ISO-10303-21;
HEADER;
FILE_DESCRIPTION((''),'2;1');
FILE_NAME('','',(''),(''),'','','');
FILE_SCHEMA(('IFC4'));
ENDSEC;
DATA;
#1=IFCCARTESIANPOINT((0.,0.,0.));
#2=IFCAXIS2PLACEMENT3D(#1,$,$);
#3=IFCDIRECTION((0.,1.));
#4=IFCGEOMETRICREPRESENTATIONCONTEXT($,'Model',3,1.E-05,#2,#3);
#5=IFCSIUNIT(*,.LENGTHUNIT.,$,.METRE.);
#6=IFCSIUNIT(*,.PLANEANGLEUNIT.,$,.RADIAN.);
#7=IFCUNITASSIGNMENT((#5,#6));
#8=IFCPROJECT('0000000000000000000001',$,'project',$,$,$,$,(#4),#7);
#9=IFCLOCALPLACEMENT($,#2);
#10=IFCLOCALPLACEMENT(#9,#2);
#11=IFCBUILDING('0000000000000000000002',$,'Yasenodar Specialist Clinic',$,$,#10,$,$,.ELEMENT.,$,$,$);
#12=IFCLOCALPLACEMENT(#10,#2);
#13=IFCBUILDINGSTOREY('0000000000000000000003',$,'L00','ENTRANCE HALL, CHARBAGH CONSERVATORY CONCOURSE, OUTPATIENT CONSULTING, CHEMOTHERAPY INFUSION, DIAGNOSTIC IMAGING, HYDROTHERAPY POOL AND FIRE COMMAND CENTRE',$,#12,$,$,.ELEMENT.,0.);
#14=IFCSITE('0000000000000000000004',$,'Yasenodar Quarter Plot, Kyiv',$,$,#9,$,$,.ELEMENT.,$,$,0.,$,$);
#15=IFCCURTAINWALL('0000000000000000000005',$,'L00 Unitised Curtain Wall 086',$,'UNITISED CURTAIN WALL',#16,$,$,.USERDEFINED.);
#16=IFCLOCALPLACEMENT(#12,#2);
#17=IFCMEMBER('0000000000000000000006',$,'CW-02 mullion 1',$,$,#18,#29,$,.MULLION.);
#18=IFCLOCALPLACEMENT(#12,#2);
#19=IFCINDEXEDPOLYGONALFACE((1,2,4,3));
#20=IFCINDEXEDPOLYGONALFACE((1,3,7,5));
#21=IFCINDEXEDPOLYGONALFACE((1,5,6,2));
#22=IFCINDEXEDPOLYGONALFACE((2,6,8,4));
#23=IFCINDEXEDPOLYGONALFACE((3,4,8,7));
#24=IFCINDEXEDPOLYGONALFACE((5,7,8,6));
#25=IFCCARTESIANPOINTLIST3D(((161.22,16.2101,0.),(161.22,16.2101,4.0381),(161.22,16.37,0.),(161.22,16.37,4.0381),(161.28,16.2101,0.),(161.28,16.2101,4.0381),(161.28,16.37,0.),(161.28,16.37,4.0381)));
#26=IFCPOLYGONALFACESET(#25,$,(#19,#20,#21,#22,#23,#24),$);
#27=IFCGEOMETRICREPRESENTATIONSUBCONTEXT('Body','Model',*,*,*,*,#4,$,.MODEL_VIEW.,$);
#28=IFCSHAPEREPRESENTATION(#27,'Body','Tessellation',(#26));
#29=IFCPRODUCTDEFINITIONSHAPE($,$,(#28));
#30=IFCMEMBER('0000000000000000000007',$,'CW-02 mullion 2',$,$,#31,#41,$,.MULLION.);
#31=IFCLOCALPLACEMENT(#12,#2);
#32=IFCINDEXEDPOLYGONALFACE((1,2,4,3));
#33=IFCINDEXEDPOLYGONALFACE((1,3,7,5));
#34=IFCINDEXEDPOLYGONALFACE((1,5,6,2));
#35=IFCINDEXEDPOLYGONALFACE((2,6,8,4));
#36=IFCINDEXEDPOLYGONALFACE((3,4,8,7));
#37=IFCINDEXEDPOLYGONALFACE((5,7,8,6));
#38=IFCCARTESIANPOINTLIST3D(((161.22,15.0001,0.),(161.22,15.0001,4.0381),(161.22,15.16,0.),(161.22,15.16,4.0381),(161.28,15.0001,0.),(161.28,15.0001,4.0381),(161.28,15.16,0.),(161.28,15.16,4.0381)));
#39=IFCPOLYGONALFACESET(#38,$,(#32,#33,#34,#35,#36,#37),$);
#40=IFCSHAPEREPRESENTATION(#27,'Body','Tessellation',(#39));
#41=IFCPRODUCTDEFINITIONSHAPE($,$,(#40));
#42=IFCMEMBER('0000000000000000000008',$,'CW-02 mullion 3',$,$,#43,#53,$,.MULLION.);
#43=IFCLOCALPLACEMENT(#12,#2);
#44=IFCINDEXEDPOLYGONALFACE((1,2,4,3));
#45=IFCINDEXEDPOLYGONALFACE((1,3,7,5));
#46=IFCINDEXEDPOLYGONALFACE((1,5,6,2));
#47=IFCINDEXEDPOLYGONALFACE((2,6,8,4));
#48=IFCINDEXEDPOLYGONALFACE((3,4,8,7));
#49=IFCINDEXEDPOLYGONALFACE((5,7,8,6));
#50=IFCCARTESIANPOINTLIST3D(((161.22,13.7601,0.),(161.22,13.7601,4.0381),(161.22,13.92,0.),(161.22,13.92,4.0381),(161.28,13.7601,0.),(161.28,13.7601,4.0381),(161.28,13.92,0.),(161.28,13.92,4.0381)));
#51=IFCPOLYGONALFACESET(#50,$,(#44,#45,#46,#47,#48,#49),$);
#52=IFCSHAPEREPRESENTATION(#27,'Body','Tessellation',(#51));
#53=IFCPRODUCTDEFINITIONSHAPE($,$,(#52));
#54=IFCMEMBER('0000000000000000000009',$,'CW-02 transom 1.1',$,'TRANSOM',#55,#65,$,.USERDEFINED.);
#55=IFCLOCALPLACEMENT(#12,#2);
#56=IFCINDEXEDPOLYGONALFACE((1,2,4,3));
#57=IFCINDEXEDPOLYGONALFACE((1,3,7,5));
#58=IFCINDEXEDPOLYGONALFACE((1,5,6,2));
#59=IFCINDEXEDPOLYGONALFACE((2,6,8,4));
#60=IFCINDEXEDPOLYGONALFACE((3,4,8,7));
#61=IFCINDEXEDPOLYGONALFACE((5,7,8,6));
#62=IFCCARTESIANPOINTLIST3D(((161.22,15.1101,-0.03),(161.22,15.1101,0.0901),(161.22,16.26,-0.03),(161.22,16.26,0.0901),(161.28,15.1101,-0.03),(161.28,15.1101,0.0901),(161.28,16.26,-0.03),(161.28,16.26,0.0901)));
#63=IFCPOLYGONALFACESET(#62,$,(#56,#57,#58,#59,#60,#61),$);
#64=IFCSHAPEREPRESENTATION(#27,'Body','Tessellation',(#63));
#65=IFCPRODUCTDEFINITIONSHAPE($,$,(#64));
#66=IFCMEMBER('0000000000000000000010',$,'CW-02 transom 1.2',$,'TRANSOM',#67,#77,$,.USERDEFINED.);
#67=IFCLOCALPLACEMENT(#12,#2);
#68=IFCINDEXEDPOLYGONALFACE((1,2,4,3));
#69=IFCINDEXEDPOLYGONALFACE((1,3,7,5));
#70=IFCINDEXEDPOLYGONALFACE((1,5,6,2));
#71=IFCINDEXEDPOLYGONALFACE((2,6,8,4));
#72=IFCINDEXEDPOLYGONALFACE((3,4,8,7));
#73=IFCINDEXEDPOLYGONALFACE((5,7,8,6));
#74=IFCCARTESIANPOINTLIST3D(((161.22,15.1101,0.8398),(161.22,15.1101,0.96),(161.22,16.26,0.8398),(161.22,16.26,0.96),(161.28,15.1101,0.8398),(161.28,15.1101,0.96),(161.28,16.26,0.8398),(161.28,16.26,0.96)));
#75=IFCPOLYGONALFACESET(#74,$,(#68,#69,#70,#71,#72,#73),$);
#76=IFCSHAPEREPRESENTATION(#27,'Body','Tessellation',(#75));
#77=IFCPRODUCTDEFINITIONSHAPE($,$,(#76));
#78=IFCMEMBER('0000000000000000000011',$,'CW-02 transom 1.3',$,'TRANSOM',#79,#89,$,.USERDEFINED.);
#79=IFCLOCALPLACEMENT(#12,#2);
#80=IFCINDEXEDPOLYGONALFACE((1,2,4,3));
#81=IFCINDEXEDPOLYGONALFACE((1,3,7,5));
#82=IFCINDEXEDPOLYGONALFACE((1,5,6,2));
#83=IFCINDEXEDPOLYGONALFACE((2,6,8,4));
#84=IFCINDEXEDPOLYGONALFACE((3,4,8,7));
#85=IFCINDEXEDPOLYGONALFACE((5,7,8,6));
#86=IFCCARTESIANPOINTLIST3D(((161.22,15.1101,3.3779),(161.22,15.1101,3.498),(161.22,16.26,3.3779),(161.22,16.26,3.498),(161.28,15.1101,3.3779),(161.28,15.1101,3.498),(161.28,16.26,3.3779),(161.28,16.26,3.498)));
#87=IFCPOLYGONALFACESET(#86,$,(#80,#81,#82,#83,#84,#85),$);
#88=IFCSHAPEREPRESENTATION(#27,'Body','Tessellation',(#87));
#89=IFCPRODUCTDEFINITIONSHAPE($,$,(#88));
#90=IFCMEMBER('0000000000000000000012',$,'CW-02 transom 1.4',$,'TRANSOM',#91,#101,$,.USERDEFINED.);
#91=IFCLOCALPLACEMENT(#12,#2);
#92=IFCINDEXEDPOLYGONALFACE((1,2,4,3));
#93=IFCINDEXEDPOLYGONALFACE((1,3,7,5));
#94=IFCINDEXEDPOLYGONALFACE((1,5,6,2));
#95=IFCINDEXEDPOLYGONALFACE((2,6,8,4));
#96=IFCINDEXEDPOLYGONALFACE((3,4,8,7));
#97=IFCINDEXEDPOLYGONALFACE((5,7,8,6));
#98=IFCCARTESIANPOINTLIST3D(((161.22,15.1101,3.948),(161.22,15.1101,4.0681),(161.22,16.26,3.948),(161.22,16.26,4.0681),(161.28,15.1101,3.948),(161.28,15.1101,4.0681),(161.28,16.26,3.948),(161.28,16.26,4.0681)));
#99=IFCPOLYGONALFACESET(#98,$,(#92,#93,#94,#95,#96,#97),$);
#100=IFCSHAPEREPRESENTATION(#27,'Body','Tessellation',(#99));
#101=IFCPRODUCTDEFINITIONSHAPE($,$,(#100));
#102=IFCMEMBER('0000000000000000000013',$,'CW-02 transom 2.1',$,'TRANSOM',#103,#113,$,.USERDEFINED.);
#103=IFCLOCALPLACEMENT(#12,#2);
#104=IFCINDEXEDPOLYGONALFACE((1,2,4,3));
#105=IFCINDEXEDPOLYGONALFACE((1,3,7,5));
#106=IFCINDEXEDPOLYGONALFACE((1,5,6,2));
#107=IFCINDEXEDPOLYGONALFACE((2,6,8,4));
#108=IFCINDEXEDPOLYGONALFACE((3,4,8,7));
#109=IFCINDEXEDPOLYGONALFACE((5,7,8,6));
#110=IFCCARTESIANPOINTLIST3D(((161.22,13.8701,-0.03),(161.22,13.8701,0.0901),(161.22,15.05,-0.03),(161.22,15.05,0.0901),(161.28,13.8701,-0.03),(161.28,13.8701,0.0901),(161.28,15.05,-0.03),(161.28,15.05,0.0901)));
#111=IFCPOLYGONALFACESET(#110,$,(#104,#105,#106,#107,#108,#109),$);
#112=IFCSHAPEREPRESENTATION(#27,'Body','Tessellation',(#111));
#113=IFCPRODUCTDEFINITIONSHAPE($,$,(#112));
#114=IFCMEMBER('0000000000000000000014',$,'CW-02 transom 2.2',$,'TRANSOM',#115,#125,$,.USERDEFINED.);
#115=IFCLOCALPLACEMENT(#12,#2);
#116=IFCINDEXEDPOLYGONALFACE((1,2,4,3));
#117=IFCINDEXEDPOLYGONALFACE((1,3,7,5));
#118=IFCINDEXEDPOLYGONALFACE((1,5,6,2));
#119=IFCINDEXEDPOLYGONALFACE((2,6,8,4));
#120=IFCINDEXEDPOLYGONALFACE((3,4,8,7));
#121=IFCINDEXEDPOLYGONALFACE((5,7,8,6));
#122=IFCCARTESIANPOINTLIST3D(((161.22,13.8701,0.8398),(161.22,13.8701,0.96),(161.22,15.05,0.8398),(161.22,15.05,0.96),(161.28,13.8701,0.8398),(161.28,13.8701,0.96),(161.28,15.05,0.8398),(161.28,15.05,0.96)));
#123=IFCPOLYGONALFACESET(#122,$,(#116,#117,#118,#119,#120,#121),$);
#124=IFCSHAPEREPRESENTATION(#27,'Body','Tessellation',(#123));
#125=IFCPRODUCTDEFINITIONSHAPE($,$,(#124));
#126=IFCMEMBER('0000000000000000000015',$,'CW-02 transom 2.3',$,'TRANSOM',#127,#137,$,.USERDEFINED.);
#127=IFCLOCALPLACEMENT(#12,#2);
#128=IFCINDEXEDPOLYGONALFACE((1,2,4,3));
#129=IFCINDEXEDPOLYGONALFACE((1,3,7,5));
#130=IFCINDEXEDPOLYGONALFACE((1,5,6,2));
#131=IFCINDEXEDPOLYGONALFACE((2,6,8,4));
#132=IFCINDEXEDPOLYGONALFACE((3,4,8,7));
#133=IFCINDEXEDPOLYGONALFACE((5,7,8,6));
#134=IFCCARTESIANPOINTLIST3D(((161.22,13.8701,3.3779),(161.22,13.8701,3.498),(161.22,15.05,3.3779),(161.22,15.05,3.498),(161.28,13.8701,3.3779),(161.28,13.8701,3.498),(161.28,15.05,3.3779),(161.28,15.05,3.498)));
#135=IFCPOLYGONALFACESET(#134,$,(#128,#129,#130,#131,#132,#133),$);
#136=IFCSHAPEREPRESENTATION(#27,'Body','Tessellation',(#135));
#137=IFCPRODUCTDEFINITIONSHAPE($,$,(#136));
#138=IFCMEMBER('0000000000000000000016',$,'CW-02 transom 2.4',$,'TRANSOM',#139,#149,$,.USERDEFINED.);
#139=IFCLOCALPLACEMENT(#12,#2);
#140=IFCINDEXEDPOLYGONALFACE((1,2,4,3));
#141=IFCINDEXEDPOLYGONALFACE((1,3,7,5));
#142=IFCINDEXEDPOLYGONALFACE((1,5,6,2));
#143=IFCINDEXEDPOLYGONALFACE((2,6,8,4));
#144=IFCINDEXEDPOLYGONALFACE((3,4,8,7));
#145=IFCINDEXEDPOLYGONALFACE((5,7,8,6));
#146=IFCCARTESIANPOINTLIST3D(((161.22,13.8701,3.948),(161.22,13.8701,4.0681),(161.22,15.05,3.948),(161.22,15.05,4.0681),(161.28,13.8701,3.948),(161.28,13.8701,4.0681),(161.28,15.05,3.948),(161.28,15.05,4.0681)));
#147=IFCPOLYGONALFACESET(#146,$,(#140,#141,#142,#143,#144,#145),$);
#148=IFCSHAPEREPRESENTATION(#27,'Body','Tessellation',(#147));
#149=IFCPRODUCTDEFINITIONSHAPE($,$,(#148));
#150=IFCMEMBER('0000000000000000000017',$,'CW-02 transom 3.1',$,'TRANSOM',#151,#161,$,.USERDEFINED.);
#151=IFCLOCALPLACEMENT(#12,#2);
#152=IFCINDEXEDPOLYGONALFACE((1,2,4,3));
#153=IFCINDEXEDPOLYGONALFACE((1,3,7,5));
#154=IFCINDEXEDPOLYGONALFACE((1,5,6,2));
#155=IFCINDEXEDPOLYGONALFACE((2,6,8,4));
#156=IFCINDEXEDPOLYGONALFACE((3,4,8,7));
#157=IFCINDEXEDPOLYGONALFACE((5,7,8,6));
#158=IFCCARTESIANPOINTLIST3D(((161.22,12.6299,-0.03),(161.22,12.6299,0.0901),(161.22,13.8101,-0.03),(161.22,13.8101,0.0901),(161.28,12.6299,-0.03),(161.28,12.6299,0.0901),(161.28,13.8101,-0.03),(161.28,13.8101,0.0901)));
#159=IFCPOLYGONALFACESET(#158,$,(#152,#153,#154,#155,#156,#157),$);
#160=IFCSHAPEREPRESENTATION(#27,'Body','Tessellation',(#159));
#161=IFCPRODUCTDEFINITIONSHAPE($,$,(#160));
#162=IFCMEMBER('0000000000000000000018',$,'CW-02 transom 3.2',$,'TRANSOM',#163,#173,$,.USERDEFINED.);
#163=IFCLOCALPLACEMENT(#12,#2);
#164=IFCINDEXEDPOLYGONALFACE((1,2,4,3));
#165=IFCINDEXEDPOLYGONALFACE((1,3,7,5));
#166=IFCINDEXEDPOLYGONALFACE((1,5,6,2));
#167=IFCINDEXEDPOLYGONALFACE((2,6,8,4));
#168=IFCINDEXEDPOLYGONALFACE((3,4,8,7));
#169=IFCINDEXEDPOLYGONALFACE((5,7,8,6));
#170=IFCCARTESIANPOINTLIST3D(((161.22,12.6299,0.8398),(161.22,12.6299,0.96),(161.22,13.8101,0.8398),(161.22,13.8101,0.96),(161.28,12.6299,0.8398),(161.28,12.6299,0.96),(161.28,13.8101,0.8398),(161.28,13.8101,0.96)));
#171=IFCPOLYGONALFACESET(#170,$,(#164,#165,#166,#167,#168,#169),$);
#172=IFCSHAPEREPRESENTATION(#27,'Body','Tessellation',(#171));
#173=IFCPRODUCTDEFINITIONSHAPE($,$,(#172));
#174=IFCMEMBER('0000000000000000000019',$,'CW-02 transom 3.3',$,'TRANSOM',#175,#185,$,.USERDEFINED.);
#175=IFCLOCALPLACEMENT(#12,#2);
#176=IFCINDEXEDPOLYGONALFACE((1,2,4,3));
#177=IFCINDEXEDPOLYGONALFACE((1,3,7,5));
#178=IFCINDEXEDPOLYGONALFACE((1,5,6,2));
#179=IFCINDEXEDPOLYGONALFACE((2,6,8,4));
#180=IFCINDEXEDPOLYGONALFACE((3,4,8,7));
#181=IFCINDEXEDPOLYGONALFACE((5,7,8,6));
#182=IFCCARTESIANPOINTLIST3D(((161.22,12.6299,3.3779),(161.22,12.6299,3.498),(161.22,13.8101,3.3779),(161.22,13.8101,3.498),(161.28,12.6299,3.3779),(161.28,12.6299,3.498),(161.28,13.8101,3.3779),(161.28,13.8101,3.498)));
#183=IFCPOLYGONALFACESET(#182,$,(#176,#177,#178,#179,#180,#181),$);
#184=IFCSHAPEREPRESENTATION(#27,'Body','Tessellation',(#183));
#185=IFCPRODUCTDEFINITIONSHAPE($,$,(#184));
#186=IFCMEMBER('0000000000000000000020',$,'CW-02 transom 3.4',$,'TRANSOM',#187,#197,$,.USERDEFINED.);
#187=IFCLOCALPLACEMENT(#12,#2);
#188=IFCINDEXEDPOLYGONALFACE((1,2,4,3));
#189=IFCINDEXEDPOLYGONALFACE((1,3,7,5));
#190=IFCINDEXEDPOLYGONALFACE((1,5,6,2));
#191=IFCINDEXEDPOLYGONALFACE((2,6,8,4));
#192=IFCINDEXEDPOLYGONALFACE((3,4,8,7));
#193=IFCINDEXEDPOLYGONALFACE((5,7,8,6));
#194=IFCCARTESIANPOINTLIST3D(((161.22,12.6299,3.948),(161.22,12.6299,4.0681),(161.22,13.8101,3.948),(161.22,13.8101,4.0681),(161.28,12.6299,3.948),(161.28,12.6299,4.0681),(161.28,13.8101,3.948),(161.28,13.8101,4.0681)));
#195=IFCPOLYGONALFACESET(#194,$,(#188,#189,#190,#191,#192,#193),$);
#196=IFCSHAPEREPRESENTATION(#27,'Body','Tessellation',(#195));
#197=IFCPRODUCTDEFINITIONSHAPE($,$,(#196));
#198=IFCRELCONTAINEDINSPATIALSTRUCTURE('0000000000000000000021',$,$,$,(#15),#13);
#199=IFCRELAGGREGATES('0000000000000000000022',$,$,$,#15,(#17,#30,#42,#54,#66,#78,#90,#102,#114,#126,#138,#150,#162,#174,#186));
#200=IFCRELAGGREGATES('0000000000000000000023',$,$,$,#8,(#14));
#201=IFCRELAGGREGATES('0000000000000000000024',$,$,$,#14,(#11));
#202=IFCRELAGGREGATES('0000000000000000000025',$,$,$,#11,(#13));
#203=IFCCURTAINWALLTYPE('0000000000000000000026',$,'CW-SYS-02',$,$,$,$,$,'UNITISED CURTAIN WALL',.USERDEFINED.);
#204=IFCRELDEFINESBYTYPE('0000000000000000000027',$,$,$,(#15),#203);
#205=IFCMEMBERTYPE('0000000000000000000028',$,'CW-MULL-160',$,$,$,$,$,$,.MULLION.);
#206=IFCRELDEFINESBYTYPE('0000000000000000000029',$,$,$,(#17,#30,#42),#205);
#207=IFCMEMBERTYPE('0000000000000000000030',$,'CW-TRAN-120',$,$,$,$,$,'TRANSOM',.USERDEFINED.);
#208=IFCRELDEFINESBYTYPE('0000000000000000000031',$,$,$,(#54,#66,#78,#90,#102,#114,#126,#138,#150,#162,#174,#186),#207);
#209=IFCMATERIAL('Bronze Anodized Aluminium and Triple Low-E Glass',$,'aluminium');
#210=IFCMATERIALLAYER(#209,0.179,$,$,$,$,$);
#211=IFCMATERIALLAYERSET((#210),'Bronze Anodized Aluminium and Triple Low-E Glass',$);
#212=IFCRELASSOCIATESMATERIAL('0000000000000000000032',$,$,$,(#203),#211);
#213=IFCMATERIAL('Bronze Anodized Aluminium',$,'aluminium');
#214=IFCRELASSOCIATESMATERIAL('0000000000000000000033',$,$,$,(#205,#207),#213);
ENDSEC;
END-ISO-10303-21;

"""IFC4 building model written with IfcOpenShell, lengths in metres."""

from ifc_helpers import new_model, si_unit, direction, frame, origin, origin_2d, place, context, subcontext, project, spatial, rectangle, extrude, material, layer, layer_set, material_profile, profile_set, type_object, element, aggregate, save


model = new_model("IFC4")

# Units and contexts
model_context = context("Model", 3, precision=1e-05, world=origin(), true_north=direction((0.0, 1.0)))
body_context = subcontext(model_context, "Body", "Model", "MODEL_VIEW")
ifc_project = project(units=[si_unit("LENGTHUNIT", "METRE"), si_unit("PLANEANGLEUNIT", "RADIAN")], contexts=[model_context])

# Site, building, storey
site_placement = place(None, origin())
site = spatial("IfcSite", under=ifc_project, at=site_placement, Name="Yasenodar Quarter Plot, Kyiv", CompositionType="ELEMENT", RefElevation=0.0)
building_placement = place(site_placement, origin())
building = spatial("IfcBuilding", under=site, at=building_placement, Name="Yasenodar Specialist Clinic", CompositionType="ELEMENT")
storey_placement = place(building_placement, origin())
storey = spatial("IfcBuildingStorey", under=building, at=storey_placement, Name="L00", Description="ENTRANCE HALL, CHARBAGH CONSERVATORY CONCOURSE, OUTPATIENT CONSULTING, CHEMOTHERAPY INFUSION, DIAGNOSTIC IMAGING, HYDROTHERAPY POOL AND FIRE COMMAND CENTRE", CompositionType="ELEMENT", Elevation=0.0)

# Curtain wall, members
ifc_material_1 = material(Name="Bronze Anodized Aluminium and Triple Low-E Glass", Category="aluminium")
ifc_layer_1 = layer(ifc_material_1, 0.179)
ifc_layer_set_1 = layer_set([ifc_layer_1], Name="Bronze Anodized Aluminium and Triple Low-E Glass")
curtain_wall_type = type_object("IfcCurtainWallType", Name="CW-SYS-02", ElementType="UNITISED CURTAIN WALL", PredefinedType="USERDEFINED", material=ifc_layer_set_1)
curtain_wall_placement = place(storey_placement, origin())
curtain_wall = element("IfcCurtainWall", 1, at=curtain_wall_placement, inside=storey, type_object=curtain_wall_type, Name="L00 Unitised Curtain Wall 086", ObjectType="UNITISED CURTAIN WALL", PredefinedType="USERDEFINED")
ifc_material_2 = material(Name="Bronze Anodized Aluminium", Category="aluminium")
ifc_material_profile_1 = material_profile(ifc_material_2, rectangle(XDim=0.0601, YDim=0.1599, at=origin_2d()), Name="CW-MULL 60x160")
ifc_profile_set_1 = profile_set([ifc_material_profile_1], Name="Bronze Anodized Aluminium")
member_type_1 = type_object("IfcMemberType", Name="CW-MULL-160", PredefinedType="MULLION", material=ifc_profile_set_1)
member_1_placement = place(storey_placement, frame((161.25, 16.29, 0.0), z_axis=(0.0, 0.0, 1.0), x_axis=(1.0, 0.0, 0.0)))
member_1 = element("IfcMember", 2, at=member_1_placement, type_object=member_type_1, Name="CW-02 mullion 1", PredefinedType="MULLION", context=body_context, shape_type="SweptSolid", body=[
    extrude(rectangle(XDim=0.0601, YDim=0.1599, at=origin_2d()), origin(), (0.0, 0.0, 1.0), 4.0381),
])
member_2_placement = place(storey_placement, frame((161.25, 15.0801, 0.0), z_axis=(0.0, 0.0, 1.0), x_axis=(1.0, 0.0, 0.0)))
member_2 = element("IfcMember", 3, at=member_2_placement, type_object=member_type_1, Name="CW-02 mullion 2", PredefinedType="MULLION", context=body_context, shape_type="SweptSolid", body=[
    extrude(rectangle(XDim=0.0601, YDim=0.1599, at=origin_2d()), origin(), (0.0, 0.0, 1.0), 4.0381),
])
member_3_placement = place(storey_placement, frame((161.25, 13.8401, 0.0), z_axis=(0.0, 0.0, 1.0), x_axis=(1.0, 0.0, 0.0)))
member_3 = element("IfcMember", 4, at=member_3_placement, type_object=member_type_1, Name="CW-02 mullion 3", PredefinedType="MULLION", context=body_context, shape_type="SweptSolid", body=[
    extrude(rectangle(XDim=0.0601, YDim=0.1599, at=origin_2d()), origin(), (0.0, 0.0, 1.0), 4.0381),
])
ifc_material_profile_2 = material_profile(ifc_material_2, rectangle(XDim=0.0601, YDim=0.1201, at=origin_2d()), Name="CW-TRAN 60x120")
ifc_profile_set_2 = profile_set([ifc_material_profile_2], Name="Bronze Anodized Aluminium")
member_type_2 = type_object("IfcMemberType", Name="CW-TRAN-120", ElementType="TRANSOM", PredefinedType="USERDEFINED", material=ifc_profile_set_2)
member_4_placement = place(storey_placement, frame((161.25, 16.26, 0.03), z_axis=(0.0, -1.0, 0.0), x_axis=(1.0, 0.0, 0.0)))
member_4 = element("IfcMember", 5, at=member_4_placement, type_object=member_type_2, Name="CW-02 transom 1.1", ObjectType="TRANSOM", PredefinedType="USERDEFINED", context=body_context, shape_type="SweptSolid", body=[
    extrude(rectangle(XDim=0.0601, YDim=0.1201, at=origin_2d()), origin(), (0.0, 0.0, 1.0), 1.1499),
])
member_5_placement = place(storey_placement, frame((161.25, 16.26, 0.8999), z_axis=(0.0, -1.0, 0.0), x_axis=(1.0, 0.0, 0.0)))
member_5 = element("IfcMember", 6, at=member_5_placement, type_object=member_type_2, Name="CW-02 transom 1.2", ObjectType="TRANSOM", PredefinedType="USERDEFINED", context=body_context, shape_type="SweptSolid", body=[
    extrude(rectangle(XDim=0.0601, YDim=0.1201, at=origin_2d()), origin(), (0.0, 0.0, 1.0), 1.1499),
])
member_6_placement = place(storey_placement, frame((161.25, 16.26, 3.438), z_axis=(0.0, -1.0, 0.0), x_axis=(1.0, 0.0, 0.0)))
member_6 = element("IfcMember", 7, at=member_6_placement, type_object=member_type_2, Name="CW-02 transom 1.3", ObjectType="TRANSOM", PredefinedType="USERDEFINED", context=body_context, shape_type="SweptSolid", body=[
    extrude(rectangle(XDim=0.0601, YDim=0.1201, at=origin_2d()), origin(), (0.0, 0.0, 1.0), 1.1499),
])
member_7_placement = place(storey_placement, frame((161.25, 16.26, 4.0081), z_axis=(0.0, -1.0, 0.0), x_axis=(1.0, 0.0, 0.0)))
member_7 = element("IfcMember", 8, at=member_7_placement, type_object=member_type_2, Name="CW-02 transom 1.4", ObjectType="TRANSOM", PredefinedType="USERDEFINED", context=body_context, shape_type="SweptSolid", body=[
    extrude(rectangle(XDim=0.0601, YDim=0.1201, at=origin_2d()), origin(), (0.0, 0.0, 1.0), 1.1499),
])
member_8_placement = place(storey_placement, frame((161.25, 15.05, 0.03), z_axis=(0.0, -1.0, 0.0), x_axis=(1.0, 0.0, 0.0)))
member_8 = element("IfcMember", 9, at=member_8_placement, type_object=member_type_2, Name="CW-02 transom 2.1", ObjectType="TRANSOM", PredefinedType="USERDEFINED", context=body_context, shape_type="SweptSolid", body=[
    extrude(rectangle(XDim=0.0601, YDim=0.1201, at=origin_2d()), origin(), (0.0, 0.0, 1.0), 1.1799),
])
member_9_placement = place(storey_placement, frame((161.25, 15.05, 0.8999), z_axis=(0.0, -1.0, 0.0), x_axis=(1.0, 0.0, 0.0)))
member_9 = element("IfcMember", 10, at=member_9_placement, type_object=member_type_2, Name="CW-02 transom 2.2", ObjectType="TRANSOM", PredefinedType="USERDEFINED", context=body_context, shape_type="SweptSolid", body=[
    extrude(rectangle(XDim=0.0601, YDim=0.1201, at=origin_2d()), origin(), (0.0, 0.0, 1.0), 1.1799),
])
member_10_placement = place(storey_placement, frame((161.25, 15.05, 3.438), z_axis=(0.0, -1.0, 0.0), x_axis=(1.0, 0.0, 0.0)))
member_10 = element("IfcMember", 11, at=member_10_placement, type_object=member_type_2, Name="CW-02 transom 2.3", ObjectType="TRANSOM", PredefinedType="USERDEFINED", context=body_context, shape_type="SweptSolid", body=[
    extrude(rectangle(XDim=0.0601, YDim=0.1201, at=origin_2d()), origin(), (0.0, 0.0, 1.0), 1.1799),
])
member_11_placement = place(storey_placement, frame((161.25, 15.05, 4.0081), z_axis=(0.0, -1.0, 0.0), x_axis=(1.0, 0.0, 0.0)))
member_11 = element("IfcMember", 12, at=member_11_placement, type_object=member_type_2, Name="CW-02 transom 2.4", ObjectType="TRANSOM", PredefinedType="USERDEFINED", context=body_context, shape_type="SweptSolid", body=[
    extrude(rectangle(XDim=0.0601, YDim=0.1201, at=origin_2d()), origin(), (0.0, 0.0, 1.0), 1.1799),
])
member_12_placement = place(storey_placement, frame((161.25, 13.8101, 0.03), z_axis=(0.0, -1.0, 0.0), x_axis=(1.0, 0.0, 0.0)))
member_12 = element("IfcMember", 13, at=member_12_placement, type_object=member_type_2, Name="CW-02 transom 3.1", ObjectType="TRANSOM", PredefinedType="USERDEFINED", context=body_context, shape_type="SweptSolid", body=[
    extrude(rectangle(XDim=0.0601, YDim=0.1201, at=origin_2d()), origin(), (0.0, 0.0, 1.0), 1.1802),
])
member_13_placement = place(storey_placement, frame((161.25, 13.8101, 0.8999), z_axis=(0.0, -1.0, 0.0), x_axis=(1.0, 0.0, 0.0)))
member_13 = element("IfcMember", 14, at=member_13_placement, type_object=member_type_2, Name="CW-02 transom 3.2", ObjectType="TRANSOM", PredefinedType="USERDEFINED", context=body_context, shape_type="SweptSolid", body=[
    extrude(rectangle(XDim=0.0601, YDim=0.1201, at=origin_2d()), origin(), (0.0, 0.0, 1.0), 1.1802),
])
member_14_placement = place(storey_placement, frame((161.25, 13.8101, 3.438), z_axis=(0.0, -1.0, 0.0), x_axis=(1.0, 0.0, 0.0)))
member_14 = element("IfcMember", 15, at=member_14_placement, type_object=member_type_2, Name="CW-02 transom 3.3", ObjectType="TRANSOM", PredefinedType="USERDEFINED", context=body_context, shape_type="SweptSolid", body=[
    extrude(rectangle(XDim=0.0601, YDim=0.1201, at=origin_2d()), origin(), (0.0, 0.0, 1.0), 1.1802),
])
member_15_placement = place(storey_placement, frame((161.25, 13.8101, 4.0081), z_axis=(0.0, -1.0, 0.0), x_axis=(1.0, 0.0, 0.0)))
member_15 = element("IfcMember", 16, at=member_15_placement, type_object=member_type_2, Name="CW-02 transom 3.4", ObjectType="TRANSOM", PredefinedType="USERDEFINED", context=body_context, shape_type="SweptSolid", body=[
    extrude(rectangle(XDim=0.0601, YDim=0.1201, at=origin_2d()), origin(), (0.0, 0.0, 1.0), 1.1802),
])
aggregate(curtain_wall, [member_1, member_2, member_3, member_4, member_5, member_6, member_7, member_8, member_9, member_10, member_11, member_12, member_13, member_14, member_15])

save(model, "model.ifc")
